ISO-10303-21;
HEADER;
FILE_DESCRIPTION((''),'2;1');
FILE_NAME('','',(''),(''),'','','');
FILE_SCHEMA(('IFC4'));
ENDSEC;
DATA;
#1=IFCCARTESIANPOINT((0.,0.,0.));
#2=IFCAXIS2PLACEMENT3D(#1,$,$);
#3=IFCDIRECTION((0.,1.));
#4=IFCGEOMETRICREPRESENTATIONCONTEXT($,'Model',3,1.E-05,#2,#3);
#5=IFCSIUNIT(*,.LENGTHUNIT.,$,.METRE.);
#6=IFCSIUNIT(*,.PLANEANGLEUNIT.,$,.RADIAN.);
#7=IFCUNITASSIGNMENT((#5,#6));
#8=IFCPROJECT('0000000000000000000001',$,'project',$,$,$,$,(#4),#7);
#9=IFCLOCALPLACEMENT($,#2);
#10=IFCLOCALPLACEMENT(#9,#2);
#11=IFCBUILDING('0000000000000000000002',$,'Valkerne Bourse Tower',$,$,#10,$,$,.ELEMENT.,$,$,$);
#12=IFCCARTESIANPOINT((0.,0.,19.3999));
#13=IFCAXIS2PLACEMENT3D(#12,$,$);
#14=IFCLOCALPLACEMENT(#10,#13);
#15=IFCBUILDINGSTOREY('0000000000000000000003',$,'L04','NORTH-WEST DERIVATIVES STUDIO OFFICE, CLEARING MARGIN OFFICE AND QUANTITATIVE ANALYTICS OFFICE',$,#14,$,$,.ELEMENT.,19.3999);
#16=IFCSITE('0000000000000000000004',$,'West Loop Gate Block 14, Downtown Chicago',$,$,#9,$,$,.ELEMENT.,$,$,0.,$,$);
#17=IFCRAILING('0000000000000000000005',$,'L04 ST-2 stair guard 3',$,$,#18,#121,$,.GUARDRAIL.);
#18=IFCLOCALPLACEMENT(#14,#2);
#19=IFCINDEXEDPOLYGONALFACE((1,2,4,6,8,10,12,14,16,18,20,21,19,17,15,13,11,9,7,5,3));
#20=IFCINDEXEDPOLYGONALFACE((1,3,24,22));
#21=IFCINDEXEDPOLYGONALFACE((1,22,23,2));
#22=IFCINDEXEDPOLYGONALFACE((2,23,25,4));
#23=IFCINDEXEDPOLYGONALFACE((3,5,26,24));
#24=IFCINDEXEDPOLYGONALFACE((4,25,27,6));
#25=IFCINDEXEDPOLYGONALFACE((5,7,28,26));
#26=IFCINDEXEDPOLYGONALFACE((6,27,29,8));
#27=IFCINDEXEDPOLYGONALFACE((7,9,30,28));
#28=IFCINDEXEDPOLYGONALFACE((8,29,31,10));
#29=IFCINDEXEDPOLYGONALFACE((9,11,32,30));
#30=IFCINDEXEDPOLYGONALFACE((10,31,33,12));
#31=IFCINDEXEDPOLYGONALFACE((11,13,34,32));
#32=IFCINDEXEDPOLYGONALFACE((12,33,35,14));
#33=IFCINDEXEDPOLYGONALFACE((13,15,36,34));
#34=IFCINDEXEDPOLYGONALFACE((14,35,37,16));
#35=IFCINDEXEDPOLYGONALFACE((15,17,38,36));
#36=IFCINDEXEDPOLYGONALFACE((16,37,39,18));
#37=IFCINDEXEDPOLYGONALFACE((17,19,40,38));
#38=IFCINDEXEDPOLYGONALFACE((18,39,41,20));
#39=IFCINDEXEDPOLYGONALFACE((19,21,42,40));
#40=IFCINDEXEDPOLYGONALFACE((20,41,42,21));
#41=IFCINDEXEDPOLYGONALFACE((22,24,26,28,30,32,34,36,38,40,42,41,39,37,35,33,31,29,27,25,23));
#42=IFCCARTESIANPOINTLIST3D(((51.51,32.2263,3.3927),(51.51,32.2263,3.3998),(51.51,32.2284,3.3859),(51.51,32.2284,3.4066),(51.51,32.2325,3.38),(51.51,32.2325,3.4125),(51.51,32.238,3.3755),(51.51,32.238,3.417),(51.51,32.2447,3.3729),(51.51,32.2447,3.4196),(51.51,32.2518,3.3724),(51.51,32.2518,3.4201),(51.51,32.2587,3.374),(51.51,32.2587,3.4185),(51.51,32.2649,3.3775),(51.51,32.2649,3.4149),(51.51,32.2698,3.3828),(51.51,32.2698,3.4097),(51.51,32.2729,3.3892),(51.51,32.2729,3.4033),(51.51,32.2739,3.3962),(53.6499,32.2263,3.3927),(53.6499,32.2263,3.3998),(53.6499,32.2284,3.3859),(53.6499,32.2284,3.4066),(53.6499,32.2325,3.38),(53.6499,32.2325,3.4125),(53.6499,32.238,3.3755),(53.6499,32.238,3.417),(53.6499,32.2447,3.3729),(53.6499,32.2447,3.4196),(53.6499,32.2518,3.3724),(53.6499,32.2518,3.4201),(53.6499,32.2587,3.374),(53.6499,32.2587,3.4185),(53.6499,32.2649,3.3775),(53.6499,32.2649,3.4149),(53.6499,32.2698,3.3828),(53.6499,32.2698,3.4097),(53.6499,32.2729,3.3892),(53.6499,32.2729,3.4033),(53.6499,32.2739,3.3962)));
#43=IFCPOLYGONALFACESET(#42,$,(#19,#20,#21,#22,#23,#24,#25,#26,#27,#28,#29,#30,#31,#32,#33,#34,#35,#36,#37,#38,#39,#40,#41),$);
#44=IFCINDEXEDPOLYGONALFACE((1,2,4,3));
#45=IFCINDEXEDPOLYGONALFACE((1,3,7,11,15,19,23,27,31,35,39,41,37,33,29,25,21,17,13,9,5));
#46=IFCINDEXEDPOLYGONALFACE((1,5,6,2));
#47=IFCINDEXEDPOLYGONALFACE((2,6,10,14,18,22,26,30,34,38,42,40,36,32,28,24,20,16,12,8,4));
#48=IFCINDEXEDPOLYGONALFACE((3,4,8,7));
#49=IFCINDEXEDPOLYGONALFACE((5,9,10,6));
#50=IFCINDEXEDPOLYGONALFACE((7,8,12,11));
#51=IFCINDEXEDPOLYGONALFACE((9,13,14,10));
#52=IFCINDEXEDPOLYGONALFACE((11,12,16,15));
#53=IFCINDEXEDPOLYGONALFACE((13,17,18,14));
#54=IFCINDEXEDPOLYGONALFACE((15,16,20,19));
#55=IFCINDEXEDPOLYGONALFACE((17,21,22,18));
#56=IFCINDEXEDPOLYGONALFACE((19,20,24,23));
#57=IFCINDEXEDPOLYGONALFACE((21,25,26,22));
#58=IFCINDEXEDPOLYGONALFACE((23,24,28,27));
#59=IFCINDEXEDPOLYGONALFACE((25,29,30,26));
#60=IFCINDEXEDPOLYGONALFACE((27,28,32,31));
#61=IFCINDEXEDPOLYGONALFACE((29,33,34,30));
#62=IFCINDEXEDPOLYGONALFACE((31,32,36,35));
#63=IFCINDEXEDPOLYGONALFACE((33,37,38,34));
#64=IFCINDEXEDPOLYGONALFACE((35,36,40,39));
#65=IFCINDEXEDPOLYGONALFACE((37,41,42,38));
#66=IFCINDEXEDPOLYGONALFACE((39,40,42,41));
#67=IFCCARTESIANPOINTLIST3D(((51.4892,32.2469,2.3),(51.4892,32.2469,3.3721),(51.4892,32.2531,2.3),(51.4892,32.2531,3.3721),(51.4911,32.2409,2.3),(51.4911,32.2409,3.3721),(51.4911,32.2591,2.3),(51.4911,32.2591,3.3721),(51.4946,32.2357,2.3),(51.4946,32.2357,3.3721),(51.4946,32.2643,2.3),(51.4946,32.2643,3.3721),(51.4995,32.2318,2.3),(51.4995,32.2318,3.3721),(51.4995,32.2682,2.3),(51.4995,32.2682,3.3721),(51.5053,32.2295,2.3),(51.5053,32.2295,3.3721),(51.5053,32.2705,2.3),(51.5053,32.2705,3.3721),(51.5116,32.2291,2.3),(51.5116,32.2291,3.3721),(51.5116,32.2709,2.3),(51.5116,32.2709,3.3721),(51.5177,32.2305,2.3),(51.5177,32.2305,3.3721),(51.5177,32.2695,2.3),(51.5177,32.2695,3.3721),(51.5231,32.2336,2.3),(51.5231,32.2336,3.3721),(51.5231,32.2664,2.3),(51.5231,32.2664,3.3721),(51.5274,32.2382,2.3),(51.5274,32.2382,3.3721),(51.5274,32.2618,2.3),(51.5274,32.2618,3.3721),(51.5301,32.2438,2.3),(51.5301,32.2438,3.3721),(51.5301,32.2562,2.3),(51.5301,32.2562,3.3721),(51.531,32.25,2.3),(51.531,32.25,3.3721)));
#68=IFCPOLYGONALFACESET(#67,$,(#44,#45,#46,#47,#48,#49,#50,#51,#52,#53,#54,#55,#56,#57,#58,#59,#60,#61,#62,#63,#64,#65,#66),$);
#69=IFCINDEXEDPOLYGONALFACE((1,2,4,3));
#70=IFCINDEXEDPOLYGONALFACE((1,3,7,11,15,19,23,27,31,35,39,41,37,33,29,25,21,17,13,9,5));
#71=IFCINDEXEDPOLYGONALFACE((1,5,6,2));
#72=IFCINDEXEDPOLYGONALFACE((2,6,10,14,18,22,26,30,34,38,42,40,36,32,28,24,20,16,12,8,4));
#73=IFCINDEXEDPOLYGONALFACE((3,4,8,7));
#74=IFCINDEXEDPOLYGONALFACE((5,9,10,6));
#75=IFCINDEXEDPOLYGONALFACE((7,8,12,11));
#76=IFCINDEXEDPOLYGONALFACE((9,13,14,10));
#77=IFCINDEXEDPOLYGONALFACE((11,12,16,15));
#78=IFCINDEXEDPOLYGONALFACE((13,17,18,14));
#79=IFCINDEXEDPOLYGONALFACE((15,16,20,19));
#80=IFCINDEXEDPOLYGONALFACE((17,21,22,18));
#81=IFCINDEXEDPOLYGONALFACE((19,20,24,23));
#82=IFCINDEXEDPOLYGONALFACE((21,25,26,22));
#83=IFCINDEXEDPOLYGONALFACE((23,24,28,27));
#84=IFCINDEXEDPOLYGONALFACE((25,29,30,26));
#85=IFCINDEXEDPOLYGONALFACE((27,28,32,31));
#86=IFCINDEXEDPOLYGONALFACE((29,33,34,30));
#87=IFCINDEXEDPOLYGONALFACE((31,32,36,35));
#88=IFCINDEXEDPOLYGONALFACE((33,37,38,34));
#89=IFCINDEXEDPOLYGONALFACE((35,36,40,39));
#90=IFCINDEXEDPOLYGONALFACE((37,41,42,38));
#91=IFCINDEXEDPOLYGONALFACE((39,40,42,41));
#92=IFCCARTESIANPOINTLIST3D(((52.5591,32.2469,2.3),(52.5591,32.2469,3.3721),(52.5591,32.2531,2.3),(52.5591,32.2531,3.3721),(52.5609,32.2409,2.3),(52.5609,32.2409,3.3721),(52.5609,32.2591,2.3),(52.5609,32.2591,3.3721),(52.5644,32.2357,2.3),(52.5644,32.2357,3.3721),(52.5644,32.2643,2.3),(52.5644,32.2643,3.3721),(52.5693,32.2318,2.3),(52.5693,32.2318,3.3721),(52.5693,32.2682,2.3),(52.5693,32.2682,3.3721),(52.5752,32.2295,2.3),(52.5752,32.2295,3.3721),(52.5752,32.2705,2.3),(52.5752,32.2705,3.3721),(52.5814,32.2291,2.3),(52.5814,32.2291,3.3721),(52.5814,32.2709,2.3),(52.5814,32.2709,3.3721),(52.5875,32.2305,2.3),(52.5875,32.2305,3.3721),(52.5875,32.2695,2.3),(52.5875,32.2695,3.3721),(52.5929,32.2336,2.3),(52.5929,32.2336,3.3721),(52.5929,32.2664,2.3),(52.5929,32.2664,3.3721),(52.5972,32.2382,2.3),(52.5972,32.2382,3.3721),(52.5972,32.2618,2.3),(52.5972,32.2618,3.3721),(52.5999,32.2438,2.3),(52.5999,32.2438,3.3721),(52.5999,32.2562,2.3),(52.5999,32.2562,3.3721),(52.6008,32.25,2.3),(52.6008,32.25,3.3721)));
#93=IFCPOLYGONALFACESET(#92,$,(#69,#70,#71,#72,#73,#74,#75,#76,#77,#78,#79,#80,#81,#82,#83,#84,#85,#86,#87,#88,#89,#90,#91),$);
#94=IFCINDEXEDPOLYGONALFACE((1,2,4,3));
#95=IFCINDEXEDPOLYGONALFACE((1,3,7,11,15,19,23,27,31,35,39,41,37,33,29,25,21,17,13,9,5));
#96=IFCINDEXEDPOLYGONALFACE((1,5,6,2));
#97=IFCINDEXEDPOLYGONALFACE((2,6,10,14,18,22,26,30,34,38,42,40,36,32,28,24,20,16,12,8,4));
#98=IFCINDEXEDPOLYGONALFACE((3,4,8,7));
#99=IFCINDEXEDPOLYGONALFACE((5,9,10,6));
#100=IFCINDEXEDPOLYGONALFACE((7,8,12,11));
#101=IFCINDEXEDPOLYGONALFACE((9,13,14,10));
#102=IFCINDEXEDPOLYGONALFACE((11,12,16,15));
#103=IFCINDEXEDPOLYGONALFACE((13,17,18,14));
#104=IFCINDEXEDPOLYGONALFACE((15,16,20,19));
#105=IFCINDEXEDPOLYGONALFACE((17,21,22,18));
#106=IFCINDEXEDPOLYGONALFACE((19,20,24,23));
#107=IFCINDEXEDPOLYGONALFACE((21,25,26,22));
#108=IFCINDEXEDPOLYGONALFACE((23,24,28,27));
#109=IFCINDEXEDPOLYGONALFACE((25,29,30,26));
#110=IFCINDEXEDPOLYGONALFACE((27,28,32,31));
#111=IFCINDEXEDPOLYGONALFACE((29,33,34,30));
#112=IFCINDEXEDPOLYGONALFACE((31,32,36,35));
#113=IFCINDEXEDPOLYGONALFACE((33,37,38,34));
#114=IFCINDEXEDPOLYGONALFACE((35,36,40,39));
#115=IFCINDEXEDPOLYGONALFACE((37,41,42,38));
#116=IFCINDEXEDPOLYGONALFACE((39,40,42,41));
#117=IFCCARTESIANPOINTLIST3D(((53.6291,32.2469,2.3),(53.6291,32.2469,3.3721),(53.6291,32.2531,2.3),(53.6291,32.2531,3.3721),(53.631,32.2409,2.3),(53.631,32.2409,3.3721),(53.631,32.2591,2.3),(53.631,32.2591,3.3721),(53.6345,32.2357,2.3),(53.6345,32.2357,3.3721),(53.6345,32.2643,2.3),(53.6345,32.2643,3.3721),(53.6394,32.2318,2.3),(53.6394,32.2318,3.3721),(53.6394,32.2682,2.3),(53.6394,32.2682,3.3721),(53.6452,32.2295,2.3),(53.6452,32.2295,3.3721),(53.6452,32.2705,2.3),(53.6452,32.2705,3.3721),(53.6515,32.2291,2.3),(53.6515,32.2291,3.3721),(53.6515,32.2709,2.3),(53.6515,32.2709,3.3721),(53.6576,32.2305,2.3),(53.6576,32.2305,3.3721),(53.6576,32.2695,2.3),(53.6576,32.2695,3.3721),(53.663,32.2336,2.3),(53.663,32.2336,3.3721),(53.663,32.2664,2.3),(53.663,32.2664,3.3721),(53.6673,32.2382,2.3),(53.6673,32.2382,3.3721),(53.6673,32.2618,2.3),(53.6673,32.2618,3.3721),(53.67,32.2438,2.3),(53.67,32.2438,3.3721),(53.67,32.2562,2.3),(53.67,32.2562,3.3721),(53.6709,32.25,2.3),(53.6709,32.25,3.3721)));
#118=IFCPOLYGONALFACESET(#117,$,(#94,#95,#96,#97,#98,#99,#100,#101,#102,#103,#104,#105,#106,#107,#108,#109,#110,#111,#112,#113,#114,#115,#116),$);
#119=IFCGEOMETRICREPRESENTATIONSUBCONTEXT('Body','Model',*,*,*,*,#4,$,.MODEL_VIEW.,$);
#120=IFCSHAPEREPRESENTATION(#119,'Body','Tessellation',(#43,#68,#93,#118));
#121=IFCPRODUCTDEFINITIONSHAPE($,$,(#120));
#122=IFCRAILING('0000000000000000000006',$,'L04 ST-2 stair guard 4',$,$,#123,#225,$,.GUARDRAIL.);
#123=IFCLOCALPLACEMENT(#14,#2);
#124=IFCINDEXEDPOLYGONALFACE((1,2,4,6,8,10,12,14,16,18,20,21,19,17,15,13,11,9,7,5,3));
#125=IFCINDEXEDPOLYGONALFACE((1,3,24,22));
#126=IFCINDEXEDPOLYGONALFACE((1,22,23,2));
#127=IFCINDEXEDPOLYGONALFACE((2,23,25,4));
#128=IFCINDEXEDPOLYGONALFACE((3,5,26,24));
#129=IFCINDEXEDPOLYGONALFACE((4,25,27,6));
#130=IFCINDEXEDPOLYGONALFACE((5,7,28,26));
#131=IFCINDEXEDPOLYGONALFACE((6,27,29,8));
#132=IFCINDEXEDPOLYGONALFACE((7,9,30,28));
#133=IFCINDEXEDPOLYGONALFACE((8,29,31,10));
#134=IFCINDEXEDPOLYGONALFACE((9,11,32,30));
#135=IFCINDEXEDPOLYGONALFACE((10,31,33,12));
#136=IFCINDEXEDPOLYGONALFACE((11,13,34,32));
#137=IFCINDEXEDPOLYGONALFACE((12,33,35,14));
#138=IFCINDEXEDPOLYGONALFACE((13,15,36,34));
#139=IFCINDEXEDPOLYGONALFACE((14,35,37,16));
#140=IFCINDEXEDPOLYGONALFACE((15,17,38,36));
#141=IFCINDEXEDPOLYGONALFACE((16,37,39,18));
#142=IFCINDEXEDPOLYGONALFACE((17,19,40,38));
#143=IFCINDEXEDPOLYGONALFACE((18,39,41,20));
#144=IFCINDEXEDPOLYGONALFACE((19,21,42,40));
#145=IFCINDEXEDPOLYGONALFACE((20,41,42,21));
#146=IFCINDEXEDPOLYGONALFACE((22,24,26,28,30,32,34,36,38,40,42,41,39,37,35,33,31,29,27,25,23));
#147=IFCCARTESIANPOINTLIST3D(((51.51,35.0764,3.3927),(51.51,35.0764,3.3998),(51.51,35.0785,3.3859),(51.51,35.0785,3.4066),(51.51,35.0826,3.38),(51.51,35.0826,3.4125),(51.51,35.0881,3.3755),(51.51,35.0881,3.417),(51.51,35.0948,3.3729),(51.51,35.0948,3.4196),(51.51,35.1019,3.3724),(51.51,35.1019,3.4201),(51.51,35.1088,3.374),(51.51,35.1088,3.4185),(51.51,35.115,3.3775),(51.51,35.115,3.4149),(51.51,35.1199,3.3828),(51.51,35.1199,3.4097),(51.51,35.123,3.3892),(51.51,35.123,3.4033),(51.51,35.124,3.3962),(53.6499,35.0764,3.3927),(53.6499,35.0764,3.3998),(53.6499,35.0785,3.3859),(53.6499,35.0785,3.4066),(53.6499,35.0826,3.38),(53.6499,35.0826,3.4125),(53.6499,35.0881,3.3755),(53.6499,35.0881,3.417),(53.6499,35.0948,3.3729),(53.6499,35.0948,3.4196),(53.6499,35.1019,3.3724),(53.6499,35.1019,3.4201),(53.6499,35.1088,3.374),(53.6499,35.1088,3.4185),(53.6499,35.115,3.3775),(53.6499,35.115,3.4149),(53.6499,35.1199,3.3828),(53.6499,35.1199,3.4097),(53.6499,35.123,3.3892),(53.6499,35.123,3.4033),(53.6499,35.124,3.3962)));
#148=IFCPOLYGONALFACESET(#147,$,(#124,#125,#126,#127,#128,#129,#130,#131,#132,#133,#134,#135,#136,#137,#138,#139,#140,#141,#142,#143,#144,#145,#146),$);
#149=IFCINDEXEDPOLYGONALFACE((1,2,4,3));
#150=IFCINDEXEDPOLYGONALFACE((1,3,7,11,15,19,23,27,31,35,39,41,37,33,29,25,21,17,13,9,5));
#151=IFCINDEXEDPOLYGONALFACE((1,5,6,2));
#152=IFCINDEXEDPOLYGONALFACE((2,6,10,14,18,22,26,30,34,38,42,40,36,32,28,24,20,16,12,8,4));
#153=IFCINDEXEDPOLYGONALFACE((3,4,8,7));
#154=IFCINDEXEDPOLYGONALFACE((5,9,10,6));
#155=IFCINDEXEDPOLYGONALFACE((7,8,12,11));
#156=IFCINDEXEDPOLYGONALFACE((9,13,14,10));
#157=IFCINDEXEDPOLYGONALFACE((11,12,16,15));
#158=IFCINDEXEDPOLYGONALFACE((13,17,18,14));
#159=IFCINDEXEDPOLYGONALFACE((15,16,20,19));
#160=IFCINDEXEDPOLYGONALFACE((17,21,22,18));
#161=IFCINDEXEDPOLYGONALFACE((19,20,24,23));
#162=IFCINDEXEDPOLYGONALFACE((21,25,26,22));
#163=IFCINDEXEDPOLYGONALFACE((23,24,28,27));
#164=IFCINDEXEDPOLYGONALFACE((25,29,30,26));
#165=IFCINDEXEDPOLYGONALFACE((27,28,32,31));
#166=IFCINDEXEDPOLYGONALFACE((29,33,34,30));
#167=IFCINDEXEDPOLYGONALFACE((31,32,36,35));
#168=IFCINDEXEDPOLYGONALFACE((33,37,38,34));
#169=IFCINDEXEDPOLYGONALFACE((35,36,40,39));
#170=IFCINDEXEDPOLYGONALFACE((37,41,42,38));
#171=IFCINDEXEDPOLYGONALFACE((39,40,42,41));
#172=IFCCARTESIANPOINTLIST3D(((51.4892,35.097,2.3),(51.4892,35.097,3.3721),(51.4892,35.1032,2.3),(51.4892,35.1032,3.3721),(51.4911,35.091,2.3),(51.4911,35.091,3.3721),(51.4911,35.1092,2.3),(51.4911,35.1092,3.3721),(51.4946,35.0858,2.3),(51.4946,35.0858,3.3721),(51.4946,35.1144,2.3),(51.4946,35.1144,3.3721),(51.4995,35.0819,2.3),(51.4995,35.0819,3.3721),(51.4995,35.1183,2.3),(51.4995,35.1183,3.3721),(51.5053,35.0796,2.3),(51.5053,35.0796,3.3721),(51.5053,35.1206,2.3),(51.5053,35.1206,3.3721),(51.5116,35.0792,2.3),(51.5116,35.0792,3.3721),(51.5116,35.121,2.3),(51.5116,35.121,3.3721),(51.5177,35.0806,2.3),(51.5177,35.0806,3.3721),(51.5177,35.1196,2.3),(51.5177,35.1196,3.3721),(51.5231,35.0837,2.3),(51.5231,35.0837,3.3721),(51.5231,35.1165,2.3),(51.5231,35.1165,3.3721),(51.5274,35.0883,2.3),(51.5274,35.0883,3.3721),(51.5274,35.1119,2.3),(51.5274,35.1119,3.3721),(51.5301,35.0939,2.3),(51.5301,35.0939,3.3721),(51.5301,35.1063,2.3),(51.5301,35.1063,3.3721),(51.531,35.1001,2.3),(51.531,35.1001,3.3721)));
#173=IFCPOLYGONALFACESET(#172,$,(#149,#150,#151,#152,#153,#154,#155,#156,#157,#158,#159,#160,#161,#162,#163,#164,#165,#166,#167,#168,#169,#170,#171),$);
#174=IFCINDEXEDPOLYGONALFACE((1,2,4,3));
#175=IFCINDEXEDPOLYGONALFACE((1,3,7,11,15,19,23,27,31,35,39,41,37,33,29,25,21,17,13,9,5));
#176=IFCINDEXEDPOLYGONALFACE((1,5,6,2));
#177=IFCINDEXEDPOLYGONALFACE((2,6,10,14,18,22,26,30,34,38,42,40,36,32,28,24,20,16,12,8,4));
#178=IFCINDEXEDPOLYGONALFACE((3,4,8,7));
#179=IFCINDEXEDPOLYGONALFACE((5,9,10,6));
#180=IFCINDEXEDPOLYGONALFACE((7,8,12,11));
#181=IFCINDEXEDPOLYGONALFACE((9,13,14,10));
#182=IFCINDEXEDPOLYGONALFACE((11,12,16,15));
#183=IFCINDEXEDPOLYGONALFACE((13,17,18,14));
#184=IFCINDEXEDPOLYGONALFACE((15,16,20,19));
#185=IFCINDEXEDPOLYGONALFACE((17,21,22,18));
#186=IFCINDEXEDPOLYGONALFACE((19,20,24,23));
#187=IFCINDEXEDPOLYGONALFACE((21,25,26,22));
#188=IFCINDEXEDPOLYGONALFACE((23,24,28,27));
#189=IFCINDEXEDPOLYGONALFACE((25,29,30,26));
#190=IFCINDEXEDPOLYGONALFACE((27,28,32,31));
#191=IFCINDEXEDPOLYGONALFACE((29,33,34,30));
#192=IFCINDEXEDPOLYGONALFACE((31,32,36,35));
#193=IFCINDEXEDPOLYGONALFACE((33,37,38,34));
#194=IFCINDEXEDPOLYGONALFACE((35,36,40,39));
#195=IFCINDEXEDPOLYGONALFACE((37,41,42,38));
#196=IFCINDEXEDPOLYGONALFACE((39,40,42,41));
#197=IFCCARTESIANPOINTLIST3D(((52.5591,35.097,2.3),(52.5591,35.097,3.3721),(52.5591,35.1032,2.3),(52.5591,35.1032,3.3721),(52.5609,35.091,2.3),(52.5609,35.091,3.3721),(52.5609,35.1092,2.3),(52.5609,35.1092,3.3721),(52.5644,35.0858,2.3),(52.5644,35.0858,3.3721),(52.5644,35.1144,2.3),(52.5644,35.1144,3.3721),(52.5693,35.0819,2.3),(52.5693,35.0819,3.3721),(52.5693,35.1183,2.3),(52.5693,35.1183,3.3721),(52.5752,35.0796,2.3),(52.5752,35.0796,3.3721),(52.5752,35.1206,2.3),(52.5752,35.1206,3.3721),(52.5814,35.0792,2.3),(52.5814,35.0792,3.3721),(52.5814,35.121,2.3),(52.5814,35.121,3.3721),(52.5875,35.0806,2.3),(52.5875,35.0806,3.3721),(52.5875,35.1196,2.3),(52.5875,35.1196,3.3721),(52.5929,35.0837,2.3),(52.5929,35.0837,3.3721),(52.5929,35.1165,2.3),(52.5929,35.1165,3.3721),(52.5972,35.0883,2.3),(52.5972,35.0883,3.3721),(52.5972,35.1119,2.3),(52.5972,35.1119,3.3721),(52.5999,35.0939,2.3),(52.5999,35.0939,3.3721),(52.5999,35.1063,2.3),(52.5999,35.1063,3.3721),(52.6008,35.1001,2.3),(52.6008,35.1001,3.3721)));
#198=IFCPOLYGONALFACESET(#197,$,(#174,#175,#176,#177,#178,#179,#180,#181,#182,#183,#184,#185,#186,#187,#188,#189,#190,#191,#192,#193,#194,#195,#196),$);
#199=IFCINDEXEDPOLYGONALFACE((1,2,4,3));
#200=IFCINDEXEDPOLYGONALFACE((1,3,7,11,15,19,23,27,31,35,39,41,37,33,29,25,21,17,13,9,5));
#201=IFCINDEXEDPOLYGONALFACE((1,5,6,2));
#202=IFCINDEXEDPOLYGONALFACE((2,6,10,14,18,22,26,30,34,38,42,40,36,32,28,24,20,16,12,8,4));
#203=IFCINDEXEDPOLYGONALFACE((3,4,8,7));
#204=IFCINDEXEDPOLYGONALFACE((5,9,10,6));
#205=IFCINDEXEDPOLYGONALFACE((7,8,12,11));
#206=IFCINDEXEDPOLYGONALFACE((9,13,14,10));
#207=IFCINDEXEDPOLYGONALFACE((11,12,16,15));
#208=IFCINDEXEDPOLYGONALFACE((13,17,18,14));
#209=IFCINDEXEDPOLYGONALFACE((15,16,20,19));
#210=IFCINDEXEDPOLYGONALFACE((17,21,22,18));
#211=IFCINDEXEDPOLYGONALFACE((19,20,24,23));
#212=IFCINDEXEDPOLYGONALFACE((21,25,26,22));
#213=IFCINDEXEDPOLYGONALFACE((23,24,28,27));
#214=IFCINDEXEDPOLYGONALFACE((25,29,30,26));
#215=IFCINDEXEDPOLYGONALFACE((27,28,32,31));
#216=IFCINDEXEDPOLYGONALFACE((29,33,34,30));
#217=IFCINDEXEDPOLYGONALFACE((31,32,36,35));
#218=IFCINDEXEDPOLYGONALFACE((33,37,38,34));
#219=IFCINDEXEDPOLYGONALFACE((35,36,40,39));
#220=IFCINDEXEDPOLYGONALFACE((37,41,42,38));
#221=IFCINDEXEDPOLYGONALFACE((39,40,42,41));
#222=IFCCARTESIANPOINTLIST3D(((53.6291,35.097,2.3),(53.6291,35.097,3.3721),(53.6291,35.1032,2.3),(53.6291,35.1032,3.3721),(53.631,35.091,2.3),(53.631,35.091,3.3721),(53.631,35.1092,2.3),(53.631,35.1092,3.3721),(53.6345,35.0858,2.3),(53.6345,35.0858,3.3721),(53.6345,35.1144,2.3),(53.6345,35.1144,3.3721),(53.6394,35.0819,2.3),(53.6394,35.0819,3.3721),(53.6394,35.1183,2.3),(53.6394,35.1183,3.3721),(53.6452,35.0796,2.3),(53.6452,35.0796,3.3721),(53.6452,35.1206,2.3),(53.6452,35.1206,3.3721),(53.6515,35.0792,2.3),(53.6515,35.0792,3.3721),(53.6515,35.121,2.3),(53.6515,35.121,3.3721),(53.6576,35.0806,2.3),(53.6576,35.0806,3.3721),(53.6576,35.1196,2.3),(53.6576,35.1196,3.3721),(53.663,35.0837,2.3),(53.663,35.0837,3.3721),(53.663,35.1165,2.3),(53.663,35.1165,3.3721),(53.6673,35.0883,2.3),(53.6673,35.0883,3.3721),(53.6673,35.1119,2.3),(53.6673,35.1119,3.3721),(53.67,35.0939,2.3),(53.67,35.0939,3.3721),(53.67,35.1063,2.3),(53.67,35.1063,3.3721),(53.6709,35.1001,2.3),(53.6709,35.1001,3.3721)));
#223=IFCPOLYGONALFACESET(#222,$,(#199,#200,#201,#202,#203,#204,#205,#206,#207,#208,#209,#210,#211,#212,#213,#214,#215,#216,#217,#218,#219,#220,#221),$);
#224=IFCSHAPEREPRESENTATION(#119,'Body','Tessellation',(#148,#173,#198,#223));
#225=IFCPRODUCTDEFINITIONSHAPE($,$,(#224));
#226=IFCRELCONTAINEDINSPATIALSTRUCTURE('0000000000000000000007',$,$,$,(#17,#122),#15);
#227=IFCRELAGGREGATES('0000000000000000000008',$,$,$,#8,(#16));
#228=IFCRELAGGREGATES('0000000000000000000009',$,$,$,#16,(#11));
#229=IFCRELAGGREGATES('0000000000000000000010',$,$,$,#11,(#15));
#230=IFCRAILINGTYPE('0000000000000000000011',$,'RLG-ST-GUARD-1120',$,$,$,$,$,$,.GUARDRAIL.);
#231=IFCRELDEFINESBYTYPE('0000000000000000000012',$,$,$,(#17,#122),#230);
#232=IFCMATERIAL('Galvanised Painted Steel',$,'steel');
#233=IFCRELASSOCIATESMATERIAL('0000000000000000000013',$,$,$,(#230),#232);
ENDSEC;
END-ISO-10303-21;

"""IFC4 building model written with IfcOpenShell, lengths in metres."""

from ifc_helpers import new_model, si_unit, direction, frame, origin, origin_2d, place, context, subcontext, project, spatial, circle, extrude, material, type_object, element, save


model = new_model("IFC4")

# Units and contexts
model_context = context("Model", 3, precision=1e-05, world=origin(), true_north=direction((0.0, 1.0)))
body_context = subcontext(model_context, "Body", "Model", "MODEL_VIEW")
ifc_project = project(units=[si_unit("LENGTHUNIT", "METRE"), si_unit("PLANEANGLEUNIT", "RADIAN")], contexts=[model_context])

# Site, building, storey
site_placement = place(None, origin())
site = spatial("IfcSite", under=ifc_project, at=site_placement, Name="West Loop Gate Block 14, Downtown Chicago", CompositionType="ELEMENT", RefElevation=0.0)
building_placement = place(site_placement, origin())
building = spatial("IfcBuilding", under=site, at=building_placement, Name="Valkerne Bourse Tower", CompositionType="ELEMENT")
storey_placement = place(building_placement, frame((0.0, 0.0, 19.3999)))
storey = spatial("IfcBuildingStorey", under=building, at=storey_placement, Name="L04", Description="NORTH-WEST DERIVATIVES STUDIO OFFICE, CLEARING MARGIN OFFICE AND QUANTITATIVE ANALYTICS OFFICE", CompositionType="ELEMENT", Elevation=19.3999)

# Railings
ifc_material_1 = material(Name="Galvanised Painted Steel", Category="steel")
railing_type_1 = type_object("IfcRailingType", Name="RLG-ST-GUARD-1120", PredefinedType="GUARDRAIL", material=ifc_material_1)
for number, where, name in (
    (1, (51.51, 32.25, 2.3), "L04 ST-2 stair guard 3"),
    (2, (51.51, 35.1001, 2.3), "L04 ST-2 stair guard 4"),
):
    element("IfcRailing", number, at=place(storey_placement, frame(where)), inside=storey, type_object=railing_type_1, Name=name, PredefinedType="GUARDRAIL", context=body_context, shape_type="SweptSolid", body=[
        extrude(circle(Radius=0.0239, at=origin_2d()), frame((0.0, 0.0, 1.0962), z_axis=(1.0, 0.0, 0.0), x_axis=(0.0, 1.0, 0.0)), (0.0, 0.0, 1.0), 2.1399),
        extrude(circle(Radius=0.021, at=origin_2d()), origin(), (0.0, 0.0, 1.0), 1.072),
        extrude(circle(Radius=0.021, at=origin_2d()), frame((1.0698, 0.0, 0.0)), (0.0, 0.0, 1.0), 1.072),
        extrude(circle(Radius=0.021, at=origin_2d()), frame((2.1399, 0.0, 0.0)), (0.0, 0.0, 1.0), 1.072),
    ])

save(model, "model.ifc")
